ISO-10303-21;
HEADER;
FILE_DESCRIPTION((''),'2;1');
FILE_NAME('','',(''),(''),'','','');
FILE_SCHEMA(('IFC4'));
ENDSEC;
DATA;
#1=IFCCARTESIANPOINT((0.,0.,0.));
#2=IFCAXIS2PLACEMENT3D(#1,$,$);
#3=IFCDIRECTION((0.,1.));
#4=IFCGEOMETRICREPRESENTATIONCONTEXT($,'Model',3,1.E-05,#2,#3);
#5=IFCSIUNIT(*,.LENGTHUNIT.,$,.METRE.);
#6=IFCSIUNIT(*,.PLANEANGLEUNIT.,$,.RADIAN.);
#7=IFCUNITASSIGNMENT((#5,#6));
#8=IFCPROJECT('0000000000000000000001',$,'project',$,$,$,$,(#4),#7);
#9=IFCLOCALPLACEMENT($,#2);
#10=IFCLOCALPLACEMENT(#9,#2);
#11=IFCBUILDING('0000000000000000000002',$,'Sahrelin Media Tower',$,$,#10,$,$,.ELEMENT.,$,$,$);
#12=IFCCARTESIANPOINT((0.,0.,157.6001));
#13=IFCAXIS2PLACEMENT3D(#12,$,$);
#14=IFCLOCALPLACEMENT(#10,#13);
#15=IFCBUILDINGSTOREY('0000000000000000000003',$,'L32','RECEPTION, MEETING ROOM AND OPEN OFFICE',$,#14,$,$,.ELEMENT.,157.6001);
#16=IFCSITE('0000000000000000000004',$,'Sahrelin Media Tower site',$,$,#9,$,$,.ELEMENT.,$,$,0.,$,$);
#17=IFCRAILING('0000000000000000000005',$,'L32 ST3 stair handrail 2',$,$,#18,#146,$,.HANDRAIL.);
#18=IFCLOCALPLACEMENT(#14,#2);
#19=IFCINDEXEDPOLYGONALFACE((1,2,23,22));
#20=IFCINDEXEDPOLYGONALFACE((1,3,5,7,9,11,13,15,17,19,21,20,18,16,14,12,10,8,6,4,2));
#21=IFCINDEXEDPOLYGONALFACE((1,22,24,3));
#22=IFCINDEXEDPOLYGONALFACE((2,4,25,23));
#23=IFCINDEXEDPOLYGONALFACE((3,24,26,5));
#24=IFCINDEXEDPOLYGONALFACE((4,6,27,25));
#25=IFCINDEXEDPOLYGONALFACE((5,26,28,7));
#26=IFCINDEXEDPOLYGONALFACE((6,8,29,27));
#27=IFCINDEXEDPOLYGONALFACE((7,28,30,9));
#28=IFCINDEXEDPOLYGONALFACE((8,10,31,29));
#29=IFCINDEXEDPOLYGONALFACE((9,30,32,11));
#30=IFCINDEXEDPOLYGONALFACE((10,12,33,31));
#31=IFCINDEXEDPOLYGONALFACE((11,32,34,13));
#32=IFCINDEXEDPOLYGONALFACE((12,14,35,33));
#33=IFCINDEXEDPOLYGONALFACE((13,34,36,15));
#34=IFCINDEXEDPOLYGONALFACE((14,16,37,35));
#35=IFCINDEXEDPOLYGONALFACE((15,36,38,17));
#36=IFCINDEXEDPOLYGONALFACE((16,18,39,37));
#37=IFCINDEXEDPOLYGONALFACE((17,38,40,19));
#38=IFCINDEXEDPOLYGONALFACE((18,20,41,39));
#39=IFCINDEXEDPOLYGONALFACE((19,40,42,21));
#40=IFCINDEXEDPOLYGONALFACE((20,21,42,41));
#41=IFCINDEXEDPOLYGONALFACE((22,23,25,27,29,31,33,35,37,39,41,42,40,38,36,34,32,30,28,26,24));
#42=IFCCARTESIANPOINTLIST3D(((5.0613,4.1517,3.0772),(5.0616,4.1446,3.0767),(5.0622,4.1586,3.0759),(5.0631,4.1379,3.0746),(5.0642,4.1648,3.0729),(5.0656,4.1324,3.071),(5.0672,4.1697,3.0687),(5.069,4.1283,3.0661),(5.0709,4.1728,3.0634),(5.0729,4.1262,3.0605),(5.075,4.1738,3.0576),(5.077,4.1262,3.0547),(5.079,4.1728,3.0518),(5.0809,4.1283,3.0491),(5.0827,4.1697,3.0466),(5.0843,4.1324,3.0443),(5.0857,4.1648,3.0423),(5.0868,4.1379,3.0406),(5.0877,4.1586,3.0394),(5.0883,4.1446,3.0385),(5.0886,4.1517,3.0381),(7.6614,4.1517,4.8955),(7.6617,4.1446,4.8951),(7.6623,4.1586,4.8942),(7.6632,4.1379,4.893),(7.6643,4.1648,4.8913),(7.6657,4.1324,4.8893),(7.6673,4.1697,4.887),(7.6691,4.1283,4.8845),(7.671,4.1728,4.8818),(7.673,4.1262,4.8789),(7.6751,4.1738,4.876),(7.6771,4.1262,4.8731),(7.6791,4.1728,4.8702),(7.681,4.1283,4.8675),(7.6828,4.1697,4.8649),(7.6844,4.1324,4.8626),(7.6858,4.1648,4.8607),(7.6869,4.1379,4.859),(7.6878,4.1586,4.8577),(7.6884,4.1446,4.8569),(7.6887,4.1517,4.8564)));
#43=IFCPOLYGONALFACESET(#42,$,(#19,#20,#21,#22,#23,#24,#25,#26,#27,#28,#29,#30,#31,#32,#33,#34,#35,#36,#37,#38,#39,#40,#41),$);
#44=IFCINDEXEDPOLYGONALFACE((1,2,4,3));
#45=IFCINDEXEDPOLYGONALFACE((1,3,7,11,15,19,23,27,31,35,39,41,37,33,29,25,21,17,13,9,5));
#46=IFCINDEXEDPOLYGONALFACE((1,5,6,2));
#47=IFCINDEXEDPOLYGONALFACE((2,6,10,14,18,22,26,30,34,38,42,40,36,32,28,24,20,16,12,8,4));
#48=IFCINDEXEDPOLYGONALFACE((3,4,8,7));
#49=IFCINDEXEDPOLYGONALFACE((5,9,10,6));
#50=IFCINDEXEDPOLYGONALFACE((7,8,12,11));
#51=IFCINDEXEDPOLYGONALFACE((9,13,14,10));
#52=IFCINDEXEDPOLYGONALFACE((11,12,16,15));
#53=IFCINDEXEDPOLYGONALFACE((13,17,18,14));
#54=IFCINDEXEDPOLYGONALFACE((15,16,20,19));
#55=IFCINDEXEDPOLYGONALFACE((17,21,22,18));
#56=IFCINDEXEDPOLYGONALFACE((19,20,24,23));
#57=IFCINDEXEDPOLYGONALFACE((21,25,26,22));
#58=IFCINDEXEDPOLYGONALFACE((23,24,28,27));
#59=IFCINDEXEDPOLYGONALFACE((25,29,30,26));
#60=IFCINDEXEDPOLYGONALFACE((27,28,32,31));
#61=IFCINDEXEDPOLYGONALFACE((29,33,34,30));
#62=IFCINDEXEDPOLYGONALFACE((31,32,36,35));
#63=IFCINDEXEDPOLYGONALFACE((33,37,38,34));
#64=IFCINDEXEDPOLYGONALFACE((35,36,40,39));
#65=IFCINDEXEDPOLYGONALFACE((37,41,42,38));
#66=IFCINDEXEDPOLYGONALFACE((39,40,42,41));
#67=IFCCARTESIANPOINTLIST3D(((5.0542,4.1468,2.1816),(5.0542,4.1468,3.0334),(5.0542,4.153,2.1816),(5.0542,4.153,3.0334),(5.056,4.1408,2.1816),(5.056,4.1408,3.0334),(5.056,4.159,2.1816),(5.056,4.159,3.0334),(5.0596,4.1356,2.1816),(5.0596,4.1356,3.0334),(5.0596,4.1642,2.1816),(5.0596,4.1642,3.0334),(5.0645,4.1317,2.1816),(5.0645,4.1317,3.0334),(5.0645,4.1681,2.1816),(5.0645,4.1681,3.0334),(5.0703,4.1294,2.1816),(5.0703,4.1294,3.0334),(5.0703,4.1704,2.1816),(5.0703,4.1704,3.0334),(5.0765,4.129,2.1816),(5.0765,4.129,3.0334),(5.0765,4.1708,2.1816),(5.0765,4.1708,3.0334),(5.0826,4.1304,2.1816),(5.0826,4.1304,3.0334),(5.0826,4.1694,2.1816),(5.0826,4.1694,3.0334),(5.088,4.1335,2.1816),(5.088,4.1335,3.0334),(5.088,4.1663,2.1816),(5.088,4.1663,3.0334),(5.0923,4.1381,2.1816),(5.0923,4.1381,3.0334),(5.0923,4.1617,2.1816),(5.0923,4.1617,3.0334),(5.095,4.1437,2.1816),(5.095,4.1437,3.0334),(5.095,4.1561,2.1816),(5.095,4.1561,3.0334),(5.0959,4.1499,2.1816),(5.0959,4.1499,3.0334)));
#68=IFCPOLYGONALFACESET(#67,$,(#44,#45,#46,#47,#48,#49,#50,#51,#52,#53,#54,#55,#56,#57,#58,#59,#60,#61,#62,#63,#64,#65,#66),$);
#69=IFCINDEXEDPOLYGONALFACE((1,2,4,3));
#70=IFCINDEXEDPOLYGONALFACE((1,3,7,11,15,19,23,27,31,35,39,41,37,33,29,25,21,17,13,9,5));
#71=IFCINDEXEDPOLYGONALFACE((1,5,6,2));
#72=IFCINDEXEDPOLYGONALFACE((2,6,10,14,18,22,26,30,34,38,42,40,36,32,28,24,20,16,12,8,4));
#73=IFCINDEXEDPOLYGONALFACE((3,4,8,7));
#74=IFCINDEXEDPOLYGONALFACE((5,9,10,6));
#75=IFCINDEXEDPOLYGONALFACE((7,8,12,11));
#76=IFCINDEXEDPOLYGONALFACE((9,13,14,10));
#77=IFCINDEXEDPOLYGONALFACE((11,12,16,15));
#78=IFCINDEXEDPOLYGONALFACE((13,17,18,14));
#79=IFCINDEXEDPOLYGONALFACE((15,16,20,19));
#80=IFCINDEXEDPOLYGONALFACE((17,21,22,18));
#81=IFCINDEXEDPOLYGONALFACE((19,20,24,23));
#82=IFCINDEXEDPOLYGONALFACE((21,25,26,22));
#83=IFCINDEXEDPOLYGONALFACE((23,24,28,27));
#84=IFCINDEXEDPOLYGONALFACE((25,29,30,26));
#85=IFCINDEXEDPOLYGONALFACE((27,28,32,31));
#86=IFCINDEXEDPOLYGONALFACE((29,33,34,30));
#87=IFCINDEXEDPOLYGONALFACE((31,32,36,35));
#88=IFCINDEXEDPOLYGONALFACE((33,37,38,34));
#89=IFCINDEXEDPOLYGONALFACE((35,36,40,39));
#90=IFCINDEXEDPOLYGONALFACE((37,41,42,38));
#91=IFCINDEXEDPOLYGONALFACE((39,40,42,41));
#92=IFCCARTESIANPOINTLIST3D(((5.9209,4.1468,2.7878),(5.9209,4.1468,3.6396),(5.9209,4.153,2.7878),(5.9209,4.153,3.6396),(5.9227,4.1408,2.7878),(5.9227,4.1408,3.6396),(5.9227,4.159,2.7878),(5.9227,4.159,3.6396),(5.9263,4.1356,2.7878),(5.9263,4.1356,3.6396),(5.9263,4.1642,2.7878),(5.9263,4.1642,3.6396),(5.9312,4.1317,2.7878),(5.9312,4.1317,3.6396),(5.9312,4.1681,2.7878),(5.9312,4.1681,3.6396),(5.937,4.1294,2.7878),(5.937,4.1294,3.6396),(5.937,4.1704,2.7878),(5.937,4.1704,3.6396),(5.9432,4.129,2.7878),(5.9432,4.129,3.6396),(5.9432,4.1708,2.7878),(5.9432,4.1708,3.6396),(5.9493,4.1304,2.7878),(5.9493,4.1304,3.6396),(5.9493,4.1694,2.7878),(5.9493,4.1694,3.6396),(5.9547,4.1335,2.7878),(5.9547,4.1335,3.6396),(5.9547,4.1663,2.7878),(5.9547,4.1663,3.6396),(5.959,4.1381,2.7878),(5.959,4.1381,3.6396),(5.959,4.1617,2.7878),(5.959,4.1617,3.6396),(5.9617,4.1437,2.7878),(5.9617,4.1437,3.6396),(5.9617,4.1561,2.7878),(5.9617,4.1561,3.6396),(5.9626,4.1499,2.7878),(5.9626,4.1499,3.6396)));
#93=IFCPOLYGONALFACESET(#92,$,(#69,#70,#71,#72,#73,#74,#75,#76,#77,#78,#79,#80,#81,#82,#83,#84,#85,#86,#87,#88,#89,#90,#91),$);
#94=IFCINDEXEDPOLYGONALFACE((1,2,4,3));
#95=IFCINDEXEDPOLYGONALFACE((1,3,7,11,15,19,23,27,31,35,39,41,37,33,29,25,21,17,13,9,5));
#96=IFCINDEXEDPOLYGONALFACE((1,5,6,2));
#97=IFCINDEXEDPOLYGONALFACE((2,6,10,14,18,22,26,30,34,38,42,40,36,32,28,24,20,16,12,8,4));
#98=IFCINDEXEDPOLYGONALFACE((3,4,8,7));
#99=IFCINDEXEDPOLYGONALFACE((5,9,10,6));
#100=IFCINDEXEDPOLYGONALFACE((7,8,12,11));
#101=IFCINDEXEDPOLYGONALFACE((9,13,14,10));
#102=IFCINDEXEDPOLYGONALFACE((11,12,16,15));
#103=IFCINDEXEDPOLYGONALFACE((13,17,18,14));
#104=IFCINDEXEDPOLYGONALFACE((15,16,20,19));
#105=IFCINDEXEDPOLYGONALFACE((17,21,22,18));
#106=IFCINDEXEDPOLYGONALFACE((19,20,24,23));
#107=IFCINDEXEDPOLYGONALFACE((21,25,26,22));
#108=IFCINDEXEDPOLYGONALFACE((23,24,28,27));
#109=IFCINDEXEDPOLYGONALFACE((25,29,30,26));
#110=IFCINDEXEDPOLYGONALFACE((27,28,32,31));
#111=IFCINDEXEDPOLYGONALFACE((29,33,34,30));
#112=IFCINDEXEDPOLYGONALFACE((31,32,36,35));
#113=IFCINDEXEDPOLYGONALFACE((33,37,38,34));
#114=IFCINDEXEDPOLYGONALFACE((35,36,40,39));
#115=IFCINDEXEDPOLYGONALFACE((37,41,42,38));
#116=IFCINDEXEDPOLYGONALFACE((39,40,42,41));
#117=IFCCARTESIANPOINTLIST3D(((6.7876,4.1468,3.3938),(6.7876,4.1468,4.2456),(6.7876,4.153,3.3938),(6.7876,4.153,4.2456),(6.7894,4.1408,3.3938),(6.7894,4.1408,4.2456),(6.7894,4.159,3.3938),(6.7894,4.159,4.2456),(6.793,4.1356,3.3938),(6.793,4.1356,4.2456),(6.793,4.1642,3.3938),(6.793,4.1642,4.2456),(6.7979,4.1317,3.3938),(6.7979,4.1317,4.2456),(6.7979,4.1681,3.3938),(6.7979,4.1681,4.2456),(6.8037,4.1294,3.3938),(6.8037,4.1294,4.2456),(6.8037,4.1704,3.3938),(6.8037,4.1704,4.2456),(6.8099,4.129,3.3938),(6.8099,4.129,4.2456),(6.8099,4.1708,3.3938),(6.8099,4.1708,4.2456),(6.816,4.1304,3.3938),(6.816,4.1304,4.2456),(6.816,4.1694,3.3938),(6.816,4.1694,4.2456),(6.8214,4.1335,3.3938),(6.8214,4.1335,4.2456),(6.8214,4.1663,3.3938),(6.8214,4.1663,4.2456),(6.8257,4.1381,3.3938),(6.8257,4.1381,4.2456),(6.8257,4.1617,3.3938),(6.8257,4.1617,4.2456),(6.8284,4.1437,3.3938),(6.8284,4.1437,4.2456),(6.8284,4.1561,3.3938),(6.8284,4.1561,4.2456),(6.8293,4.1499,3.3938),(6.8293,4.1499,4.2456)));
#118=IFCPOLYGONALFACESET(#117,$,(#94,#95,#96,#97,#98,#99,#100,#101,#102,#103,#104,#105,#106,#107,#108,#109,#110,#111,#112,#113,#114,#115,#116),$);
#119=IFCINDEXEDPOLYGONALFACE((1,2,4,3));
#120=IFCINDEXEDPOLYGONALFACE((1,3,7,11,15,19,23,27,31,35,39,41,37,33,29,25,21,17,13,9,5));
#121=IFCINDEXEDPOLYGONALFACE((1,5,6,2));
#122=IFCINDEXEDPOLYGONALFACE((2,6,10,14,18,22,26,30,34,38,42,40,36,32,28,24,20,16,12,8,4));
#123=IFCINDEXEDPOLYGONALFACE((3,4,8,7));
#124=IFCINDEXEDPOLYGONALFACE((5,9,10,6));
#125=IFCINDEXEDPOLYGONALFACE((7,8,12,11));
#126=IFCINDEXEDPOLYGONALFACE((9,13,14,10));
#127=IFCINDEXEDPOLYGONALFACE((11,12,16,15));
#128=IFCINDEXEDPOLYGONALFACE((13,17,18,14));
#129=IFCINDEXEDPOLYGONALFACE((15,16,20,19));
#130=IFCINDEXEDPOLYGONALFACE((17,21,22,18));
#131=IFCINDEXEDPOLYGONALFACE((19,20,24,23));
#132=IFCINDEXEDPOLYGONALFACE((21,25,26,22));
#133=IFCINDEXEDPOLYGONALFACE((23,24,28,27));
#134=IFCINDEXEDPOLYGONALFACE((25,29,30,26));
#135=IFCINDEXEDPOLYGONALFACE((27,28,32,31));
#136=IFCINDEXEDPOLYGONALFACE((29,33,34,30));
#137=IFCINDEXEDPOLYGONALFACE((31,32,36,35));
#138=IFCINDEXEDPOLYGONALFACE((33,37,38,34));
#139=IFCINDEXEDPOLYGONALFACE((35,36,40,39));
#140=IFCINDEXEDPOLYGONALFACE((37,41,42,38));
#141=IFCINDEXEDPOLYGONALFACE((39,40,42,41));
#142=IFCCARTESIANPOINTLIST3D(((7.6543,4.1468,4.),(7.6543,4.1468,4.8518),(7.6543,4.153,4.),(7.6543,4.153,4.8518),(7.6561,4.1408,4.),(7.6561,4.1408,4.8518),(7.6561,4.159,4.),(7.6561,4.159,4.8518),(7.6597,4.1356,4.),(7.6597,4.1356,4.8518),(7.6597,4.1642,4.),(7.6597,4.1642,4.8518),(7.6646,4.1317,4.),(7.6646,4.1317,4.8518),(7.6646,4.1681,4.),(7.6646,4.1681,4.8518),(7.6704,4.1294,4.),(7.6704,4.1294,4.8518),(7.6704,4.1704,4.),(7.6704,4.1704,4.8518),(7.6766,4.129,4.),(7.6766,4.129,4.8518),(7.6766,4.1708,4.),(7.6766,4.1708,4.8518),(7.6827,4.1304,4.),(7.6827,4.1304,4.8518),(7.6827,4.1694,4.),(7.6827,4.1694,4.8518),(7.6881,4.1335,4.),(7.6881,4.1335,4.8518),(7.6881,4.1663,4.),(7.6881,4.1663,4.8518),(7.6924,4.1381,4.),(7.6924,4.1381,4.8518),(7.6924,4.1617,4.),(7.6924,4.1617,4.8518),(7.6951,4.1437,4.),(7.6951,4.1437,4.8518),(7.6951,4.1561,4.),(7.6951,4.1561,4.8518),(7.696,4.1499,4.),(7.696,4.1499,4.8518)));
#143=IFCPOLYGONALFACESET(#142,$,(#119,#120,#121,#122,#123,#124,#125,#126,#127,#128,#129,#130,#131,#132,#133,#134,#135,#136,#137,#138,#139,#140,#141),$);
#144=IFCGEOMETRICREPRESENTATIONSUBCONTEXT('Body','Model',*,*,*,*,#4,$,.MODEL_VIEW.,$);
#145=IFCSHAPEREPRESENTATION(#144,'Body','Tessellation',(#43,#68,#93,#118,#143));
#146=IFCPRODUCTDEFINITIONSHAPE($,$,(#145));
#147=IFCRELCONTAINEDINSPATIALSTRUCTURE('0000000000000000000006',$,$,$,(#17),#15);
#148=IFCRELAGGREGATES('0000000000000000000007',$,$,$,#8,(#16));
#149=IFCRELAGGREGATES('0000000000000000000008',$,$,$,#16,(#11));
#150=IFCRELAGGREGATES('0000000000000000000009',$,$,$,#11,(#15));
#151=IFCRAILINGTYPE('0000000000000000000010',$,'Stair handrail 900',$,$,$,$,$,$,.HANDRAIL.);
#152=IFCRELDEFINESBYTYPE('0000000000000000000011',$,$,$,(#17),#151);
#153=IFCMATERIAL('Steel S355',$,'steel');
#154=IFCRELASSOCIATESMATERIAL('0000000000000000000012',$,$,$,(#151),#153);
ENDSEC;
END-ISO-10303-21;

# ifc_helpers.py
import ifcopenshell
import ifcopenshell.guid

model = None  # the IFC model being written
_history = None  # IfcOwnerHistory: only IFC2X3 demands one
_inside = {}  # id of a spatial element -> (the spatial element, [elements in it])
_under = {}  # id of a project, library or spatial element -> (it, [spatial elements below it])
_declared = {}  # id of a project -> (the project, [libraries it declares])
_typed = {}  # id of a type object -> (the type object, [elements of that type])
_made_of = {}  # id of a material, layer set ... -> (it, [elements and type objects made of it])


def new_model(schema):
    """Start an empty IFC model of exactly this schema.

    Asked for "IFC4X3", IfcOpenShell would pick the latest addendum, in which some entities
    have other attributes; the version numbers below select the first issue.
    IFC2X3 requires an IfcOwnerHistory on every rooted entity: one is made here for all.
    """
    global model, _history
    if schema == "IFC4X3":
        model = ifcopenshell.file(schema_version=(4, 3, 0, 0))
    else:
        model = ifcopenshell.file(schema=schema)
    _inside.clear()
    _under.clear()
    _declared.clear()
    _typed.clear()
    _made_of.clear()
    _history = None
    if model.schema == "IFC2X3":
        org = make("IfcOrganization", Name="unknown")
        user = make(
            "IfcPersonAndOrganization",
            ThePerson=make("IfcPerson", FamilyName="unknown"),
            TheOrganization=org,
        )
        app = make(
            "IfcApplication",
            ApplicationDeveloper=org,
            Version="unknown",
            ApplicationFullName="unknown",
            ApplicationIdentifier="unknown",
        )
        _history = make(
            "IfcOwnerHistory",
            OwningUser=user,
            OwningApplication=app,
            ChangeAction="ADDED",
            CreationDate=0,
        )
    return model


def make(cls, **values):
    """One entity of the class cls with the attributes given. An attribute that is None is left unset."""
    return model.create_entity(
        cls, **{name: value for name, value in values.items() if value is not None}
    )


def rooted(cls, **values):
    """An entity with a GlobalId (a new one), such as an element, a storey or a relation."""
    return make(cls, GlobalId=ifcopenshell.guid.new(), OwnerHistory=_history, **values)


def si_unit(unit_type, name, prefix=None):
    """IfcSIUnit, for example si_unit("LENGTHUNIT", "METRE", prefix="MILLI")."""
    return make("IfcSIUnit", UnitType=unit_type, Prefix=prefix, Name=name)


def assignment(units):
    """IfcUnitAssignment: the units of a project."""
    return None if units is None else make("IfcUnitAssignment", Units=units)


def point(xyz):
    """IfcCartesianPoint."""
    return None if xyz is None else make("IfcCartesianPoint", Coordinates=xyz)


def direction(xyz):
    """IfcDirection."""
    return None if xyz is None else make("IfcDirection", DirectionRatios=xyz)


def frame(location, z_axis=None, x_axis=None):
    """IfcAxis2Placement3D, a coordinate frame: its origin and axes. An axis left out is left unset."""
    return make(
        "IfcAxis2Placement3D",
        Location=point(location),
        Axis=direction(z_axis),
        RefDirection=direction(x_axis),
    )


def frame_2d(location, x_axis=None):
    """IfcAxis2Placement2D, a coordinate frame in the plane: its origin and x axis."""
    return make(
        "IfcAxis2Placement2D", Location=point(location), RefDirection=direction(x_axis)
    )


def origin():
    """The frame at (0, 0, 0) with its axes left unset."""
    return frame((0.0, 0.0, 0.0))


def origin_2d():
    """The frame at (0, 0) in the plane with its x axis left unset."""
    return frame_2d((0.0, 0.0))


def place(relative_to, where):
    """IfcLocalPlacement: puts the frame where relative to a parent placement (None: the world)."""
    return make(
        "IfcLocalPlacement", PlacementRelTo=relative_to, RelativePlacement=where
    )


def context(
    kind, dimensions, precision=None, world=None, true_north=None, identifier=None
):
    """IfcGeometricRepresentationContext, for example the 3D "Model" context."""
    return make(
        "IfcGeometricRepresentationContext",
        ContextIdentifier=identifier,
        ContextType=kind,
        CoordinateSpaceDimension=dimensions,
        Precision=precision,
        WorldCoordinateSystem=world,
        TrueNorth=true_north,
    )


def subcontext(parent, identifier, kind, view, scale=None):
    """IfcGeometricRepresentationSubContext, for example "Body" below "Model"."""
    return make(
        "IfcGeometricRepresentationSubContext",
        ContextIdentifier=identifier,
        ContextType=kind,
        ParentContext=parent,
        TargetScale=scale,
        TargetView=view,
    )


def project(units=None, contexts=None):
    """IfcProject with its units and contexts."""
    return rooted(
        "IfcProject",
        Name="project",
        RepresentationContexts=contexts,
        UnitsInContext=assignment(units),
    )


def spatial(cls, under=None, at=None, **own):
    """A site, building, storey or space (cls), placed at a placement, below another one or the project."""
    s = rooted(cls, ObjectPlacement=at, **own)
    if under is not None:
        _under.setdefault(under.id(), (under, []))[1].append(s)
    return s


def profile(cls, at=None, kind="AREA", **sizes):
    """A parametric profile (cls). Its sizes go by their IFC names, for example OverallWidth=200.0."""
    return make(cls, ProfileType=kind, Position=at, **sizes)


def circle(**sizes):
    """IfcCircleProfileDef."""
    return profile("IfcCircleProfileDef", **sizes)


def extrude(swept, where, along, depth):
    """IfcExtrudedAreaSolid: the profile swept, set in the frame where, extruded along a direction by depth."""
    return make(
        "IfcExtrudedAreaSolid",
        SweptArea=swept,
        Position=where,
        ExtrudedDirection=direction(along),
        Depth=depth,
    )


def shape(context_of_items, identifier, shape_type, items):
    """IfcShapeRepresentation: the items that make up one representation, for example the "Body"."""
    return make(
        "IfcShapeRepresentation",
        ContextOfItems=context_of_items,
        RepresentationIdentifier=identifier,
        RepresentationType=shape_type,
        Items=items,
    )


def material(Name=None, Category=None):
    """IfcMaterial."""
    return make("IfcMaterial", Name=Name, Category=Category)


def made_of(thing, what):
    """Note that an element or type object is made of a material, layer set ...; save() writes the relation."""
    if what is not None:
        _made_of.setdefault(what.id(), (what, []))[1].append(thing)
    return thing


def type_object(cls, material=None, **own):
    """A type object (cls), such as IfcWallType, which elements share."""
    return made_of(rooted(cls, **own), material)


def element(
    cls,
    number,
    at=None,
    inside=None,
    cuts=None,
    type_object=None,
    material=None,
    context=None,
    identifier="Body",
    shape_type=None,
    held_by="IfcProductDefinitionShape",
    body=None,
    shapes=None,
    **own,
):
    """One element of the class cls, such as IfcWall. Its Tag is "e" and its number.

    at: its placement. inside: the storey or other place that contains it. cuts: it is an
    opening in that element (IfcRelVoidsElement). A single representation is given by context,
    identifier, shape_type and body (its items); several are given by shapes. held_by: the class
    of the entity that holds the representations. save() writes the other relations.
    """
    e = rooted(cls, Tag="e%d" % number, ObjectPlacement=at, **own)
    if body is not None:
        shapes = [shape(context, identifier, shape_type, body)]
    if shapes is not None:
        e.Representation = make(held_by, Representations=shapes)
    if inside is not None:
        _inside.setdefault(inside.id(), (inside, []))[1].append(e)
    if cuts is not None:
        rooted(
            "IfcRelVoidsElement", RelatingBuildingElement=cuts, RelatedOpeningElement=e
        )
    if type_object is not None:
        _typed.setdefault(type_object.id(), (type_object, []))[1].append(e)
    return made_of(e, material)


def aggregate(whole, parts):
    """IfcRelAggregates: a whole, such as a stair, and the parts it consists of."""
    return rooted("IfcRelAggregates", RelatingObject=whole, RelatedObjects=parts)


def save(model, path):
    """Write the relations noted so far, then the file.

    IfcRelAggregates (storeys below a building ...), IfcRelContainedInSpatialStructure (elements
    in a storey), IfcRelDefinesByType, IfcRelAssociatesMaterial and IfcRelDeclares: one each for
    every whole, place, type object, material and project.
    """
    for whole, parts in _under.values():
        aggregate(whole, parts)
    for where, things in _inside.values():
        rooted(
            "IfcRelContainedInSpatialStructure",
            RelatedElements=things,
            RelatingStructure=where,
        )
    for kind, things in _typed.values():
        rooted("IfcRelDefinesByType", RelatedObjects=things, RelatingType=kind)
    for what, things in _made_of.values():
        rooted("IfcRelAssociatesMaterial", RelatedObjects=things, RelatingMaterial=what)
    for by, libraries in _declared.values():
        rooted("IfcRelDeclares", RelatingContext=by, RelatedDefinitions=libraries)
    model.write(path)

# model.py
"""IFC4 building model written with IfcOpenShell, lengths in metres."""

from ifc_helpers import new_model, si_unit, direction, frame, origin, origin_2d, place, context, subcontext, project, spatial, circle, extrude, material, type_object, element, save


model = new_model("IFC4")

# Units and contexts
model_context = context("Model", 3, precision=1e-05, world=origin(), true_north=direction((0.0, 1.0)))
body_context = subcontext(model_context, "Body", "Model", "MODEL_VIEW")
ifc_project = project(units=[si_unit("LENGTHUNIT", "METRE"), si_unit("PLANEANGLEUNIT", "RADIAN")], contexts=[model_context])

# Site, building, storey
site_placement = place(None, origin())
site = spatial("IfcSite", under=ifc_project, at=site_placement, Name="Sahrelin Media Tower site", CompositionType="ELEMENT", RefElevation=0.0)
building_placement = place(site_placement, origin())
building = spatial("IfcBuilding", under=site, at=building_placement, Name="Sahrelin Media Tower", CompositionType="ELEMENT")
storey_placement = place(building_placement, frame((0.0, 0.0, 157.6001)))
storey = spatial("IfcBuildingStorey", under=building, at=storey_placement, Name="L32", Description="RECEPTION, MEETING ROOM AND OPEN OFFICE", CompositionType="ELEMENT", Elevation=157.6001)

# Shared definitions
ifc_material_1 = material(Name="Steel S355", Category="steel")

# Railing
railing_type_1 = type_object("IfcRailingType", Name="Stair handrail 900", PredefinedType="HANDRAIL", material=ifc_material_1)
railing_1_placement = place(storey_placement, frame((5.075, 4.1499, 2.1816)))
element("IfcRailing", 1, at=railing_1_placement, inside=storey, type_object=railing_type_1, Name="L32 ST3 stair handrail 2", PredefinedType="HANDRAIL", context=body_context, shape_type="SweptSolid", body=[
    extrude(circle(Radius=0.0239, at=origin_2d()), frame((0.0, 0.0, 0.876), z_axis=(0.819485, 0.0, 0.573101), x_axis=(0.0, 1.0, 0.0)), (0.0, 0.0, 1.0), 3.1729),
    extrude(circle(Radius=0.021, at=origin_2d()), origin(), (0.0, 0.0, 1.0), 0.8518),
    extrude(circle(Radius=0.021, at=origin_2d()), frame((0.8667, 0.0, 0.6062)), (0.0, 0.0, 1.0), 0.8518),
    extrude(circle(Radius=0.021, at=origin_2d()), frame((1.7334, 0.0, 1.2122)), (0.0, 0.0, 1.0), 0.8518),
    extrude(circle(Radius=0.021, at=origin_2d()), frame((2.6001, 0.0, 1.8184)), (0.0, 0.0, 1.0), 0.8518),
])

save(model, "model.ifc")
